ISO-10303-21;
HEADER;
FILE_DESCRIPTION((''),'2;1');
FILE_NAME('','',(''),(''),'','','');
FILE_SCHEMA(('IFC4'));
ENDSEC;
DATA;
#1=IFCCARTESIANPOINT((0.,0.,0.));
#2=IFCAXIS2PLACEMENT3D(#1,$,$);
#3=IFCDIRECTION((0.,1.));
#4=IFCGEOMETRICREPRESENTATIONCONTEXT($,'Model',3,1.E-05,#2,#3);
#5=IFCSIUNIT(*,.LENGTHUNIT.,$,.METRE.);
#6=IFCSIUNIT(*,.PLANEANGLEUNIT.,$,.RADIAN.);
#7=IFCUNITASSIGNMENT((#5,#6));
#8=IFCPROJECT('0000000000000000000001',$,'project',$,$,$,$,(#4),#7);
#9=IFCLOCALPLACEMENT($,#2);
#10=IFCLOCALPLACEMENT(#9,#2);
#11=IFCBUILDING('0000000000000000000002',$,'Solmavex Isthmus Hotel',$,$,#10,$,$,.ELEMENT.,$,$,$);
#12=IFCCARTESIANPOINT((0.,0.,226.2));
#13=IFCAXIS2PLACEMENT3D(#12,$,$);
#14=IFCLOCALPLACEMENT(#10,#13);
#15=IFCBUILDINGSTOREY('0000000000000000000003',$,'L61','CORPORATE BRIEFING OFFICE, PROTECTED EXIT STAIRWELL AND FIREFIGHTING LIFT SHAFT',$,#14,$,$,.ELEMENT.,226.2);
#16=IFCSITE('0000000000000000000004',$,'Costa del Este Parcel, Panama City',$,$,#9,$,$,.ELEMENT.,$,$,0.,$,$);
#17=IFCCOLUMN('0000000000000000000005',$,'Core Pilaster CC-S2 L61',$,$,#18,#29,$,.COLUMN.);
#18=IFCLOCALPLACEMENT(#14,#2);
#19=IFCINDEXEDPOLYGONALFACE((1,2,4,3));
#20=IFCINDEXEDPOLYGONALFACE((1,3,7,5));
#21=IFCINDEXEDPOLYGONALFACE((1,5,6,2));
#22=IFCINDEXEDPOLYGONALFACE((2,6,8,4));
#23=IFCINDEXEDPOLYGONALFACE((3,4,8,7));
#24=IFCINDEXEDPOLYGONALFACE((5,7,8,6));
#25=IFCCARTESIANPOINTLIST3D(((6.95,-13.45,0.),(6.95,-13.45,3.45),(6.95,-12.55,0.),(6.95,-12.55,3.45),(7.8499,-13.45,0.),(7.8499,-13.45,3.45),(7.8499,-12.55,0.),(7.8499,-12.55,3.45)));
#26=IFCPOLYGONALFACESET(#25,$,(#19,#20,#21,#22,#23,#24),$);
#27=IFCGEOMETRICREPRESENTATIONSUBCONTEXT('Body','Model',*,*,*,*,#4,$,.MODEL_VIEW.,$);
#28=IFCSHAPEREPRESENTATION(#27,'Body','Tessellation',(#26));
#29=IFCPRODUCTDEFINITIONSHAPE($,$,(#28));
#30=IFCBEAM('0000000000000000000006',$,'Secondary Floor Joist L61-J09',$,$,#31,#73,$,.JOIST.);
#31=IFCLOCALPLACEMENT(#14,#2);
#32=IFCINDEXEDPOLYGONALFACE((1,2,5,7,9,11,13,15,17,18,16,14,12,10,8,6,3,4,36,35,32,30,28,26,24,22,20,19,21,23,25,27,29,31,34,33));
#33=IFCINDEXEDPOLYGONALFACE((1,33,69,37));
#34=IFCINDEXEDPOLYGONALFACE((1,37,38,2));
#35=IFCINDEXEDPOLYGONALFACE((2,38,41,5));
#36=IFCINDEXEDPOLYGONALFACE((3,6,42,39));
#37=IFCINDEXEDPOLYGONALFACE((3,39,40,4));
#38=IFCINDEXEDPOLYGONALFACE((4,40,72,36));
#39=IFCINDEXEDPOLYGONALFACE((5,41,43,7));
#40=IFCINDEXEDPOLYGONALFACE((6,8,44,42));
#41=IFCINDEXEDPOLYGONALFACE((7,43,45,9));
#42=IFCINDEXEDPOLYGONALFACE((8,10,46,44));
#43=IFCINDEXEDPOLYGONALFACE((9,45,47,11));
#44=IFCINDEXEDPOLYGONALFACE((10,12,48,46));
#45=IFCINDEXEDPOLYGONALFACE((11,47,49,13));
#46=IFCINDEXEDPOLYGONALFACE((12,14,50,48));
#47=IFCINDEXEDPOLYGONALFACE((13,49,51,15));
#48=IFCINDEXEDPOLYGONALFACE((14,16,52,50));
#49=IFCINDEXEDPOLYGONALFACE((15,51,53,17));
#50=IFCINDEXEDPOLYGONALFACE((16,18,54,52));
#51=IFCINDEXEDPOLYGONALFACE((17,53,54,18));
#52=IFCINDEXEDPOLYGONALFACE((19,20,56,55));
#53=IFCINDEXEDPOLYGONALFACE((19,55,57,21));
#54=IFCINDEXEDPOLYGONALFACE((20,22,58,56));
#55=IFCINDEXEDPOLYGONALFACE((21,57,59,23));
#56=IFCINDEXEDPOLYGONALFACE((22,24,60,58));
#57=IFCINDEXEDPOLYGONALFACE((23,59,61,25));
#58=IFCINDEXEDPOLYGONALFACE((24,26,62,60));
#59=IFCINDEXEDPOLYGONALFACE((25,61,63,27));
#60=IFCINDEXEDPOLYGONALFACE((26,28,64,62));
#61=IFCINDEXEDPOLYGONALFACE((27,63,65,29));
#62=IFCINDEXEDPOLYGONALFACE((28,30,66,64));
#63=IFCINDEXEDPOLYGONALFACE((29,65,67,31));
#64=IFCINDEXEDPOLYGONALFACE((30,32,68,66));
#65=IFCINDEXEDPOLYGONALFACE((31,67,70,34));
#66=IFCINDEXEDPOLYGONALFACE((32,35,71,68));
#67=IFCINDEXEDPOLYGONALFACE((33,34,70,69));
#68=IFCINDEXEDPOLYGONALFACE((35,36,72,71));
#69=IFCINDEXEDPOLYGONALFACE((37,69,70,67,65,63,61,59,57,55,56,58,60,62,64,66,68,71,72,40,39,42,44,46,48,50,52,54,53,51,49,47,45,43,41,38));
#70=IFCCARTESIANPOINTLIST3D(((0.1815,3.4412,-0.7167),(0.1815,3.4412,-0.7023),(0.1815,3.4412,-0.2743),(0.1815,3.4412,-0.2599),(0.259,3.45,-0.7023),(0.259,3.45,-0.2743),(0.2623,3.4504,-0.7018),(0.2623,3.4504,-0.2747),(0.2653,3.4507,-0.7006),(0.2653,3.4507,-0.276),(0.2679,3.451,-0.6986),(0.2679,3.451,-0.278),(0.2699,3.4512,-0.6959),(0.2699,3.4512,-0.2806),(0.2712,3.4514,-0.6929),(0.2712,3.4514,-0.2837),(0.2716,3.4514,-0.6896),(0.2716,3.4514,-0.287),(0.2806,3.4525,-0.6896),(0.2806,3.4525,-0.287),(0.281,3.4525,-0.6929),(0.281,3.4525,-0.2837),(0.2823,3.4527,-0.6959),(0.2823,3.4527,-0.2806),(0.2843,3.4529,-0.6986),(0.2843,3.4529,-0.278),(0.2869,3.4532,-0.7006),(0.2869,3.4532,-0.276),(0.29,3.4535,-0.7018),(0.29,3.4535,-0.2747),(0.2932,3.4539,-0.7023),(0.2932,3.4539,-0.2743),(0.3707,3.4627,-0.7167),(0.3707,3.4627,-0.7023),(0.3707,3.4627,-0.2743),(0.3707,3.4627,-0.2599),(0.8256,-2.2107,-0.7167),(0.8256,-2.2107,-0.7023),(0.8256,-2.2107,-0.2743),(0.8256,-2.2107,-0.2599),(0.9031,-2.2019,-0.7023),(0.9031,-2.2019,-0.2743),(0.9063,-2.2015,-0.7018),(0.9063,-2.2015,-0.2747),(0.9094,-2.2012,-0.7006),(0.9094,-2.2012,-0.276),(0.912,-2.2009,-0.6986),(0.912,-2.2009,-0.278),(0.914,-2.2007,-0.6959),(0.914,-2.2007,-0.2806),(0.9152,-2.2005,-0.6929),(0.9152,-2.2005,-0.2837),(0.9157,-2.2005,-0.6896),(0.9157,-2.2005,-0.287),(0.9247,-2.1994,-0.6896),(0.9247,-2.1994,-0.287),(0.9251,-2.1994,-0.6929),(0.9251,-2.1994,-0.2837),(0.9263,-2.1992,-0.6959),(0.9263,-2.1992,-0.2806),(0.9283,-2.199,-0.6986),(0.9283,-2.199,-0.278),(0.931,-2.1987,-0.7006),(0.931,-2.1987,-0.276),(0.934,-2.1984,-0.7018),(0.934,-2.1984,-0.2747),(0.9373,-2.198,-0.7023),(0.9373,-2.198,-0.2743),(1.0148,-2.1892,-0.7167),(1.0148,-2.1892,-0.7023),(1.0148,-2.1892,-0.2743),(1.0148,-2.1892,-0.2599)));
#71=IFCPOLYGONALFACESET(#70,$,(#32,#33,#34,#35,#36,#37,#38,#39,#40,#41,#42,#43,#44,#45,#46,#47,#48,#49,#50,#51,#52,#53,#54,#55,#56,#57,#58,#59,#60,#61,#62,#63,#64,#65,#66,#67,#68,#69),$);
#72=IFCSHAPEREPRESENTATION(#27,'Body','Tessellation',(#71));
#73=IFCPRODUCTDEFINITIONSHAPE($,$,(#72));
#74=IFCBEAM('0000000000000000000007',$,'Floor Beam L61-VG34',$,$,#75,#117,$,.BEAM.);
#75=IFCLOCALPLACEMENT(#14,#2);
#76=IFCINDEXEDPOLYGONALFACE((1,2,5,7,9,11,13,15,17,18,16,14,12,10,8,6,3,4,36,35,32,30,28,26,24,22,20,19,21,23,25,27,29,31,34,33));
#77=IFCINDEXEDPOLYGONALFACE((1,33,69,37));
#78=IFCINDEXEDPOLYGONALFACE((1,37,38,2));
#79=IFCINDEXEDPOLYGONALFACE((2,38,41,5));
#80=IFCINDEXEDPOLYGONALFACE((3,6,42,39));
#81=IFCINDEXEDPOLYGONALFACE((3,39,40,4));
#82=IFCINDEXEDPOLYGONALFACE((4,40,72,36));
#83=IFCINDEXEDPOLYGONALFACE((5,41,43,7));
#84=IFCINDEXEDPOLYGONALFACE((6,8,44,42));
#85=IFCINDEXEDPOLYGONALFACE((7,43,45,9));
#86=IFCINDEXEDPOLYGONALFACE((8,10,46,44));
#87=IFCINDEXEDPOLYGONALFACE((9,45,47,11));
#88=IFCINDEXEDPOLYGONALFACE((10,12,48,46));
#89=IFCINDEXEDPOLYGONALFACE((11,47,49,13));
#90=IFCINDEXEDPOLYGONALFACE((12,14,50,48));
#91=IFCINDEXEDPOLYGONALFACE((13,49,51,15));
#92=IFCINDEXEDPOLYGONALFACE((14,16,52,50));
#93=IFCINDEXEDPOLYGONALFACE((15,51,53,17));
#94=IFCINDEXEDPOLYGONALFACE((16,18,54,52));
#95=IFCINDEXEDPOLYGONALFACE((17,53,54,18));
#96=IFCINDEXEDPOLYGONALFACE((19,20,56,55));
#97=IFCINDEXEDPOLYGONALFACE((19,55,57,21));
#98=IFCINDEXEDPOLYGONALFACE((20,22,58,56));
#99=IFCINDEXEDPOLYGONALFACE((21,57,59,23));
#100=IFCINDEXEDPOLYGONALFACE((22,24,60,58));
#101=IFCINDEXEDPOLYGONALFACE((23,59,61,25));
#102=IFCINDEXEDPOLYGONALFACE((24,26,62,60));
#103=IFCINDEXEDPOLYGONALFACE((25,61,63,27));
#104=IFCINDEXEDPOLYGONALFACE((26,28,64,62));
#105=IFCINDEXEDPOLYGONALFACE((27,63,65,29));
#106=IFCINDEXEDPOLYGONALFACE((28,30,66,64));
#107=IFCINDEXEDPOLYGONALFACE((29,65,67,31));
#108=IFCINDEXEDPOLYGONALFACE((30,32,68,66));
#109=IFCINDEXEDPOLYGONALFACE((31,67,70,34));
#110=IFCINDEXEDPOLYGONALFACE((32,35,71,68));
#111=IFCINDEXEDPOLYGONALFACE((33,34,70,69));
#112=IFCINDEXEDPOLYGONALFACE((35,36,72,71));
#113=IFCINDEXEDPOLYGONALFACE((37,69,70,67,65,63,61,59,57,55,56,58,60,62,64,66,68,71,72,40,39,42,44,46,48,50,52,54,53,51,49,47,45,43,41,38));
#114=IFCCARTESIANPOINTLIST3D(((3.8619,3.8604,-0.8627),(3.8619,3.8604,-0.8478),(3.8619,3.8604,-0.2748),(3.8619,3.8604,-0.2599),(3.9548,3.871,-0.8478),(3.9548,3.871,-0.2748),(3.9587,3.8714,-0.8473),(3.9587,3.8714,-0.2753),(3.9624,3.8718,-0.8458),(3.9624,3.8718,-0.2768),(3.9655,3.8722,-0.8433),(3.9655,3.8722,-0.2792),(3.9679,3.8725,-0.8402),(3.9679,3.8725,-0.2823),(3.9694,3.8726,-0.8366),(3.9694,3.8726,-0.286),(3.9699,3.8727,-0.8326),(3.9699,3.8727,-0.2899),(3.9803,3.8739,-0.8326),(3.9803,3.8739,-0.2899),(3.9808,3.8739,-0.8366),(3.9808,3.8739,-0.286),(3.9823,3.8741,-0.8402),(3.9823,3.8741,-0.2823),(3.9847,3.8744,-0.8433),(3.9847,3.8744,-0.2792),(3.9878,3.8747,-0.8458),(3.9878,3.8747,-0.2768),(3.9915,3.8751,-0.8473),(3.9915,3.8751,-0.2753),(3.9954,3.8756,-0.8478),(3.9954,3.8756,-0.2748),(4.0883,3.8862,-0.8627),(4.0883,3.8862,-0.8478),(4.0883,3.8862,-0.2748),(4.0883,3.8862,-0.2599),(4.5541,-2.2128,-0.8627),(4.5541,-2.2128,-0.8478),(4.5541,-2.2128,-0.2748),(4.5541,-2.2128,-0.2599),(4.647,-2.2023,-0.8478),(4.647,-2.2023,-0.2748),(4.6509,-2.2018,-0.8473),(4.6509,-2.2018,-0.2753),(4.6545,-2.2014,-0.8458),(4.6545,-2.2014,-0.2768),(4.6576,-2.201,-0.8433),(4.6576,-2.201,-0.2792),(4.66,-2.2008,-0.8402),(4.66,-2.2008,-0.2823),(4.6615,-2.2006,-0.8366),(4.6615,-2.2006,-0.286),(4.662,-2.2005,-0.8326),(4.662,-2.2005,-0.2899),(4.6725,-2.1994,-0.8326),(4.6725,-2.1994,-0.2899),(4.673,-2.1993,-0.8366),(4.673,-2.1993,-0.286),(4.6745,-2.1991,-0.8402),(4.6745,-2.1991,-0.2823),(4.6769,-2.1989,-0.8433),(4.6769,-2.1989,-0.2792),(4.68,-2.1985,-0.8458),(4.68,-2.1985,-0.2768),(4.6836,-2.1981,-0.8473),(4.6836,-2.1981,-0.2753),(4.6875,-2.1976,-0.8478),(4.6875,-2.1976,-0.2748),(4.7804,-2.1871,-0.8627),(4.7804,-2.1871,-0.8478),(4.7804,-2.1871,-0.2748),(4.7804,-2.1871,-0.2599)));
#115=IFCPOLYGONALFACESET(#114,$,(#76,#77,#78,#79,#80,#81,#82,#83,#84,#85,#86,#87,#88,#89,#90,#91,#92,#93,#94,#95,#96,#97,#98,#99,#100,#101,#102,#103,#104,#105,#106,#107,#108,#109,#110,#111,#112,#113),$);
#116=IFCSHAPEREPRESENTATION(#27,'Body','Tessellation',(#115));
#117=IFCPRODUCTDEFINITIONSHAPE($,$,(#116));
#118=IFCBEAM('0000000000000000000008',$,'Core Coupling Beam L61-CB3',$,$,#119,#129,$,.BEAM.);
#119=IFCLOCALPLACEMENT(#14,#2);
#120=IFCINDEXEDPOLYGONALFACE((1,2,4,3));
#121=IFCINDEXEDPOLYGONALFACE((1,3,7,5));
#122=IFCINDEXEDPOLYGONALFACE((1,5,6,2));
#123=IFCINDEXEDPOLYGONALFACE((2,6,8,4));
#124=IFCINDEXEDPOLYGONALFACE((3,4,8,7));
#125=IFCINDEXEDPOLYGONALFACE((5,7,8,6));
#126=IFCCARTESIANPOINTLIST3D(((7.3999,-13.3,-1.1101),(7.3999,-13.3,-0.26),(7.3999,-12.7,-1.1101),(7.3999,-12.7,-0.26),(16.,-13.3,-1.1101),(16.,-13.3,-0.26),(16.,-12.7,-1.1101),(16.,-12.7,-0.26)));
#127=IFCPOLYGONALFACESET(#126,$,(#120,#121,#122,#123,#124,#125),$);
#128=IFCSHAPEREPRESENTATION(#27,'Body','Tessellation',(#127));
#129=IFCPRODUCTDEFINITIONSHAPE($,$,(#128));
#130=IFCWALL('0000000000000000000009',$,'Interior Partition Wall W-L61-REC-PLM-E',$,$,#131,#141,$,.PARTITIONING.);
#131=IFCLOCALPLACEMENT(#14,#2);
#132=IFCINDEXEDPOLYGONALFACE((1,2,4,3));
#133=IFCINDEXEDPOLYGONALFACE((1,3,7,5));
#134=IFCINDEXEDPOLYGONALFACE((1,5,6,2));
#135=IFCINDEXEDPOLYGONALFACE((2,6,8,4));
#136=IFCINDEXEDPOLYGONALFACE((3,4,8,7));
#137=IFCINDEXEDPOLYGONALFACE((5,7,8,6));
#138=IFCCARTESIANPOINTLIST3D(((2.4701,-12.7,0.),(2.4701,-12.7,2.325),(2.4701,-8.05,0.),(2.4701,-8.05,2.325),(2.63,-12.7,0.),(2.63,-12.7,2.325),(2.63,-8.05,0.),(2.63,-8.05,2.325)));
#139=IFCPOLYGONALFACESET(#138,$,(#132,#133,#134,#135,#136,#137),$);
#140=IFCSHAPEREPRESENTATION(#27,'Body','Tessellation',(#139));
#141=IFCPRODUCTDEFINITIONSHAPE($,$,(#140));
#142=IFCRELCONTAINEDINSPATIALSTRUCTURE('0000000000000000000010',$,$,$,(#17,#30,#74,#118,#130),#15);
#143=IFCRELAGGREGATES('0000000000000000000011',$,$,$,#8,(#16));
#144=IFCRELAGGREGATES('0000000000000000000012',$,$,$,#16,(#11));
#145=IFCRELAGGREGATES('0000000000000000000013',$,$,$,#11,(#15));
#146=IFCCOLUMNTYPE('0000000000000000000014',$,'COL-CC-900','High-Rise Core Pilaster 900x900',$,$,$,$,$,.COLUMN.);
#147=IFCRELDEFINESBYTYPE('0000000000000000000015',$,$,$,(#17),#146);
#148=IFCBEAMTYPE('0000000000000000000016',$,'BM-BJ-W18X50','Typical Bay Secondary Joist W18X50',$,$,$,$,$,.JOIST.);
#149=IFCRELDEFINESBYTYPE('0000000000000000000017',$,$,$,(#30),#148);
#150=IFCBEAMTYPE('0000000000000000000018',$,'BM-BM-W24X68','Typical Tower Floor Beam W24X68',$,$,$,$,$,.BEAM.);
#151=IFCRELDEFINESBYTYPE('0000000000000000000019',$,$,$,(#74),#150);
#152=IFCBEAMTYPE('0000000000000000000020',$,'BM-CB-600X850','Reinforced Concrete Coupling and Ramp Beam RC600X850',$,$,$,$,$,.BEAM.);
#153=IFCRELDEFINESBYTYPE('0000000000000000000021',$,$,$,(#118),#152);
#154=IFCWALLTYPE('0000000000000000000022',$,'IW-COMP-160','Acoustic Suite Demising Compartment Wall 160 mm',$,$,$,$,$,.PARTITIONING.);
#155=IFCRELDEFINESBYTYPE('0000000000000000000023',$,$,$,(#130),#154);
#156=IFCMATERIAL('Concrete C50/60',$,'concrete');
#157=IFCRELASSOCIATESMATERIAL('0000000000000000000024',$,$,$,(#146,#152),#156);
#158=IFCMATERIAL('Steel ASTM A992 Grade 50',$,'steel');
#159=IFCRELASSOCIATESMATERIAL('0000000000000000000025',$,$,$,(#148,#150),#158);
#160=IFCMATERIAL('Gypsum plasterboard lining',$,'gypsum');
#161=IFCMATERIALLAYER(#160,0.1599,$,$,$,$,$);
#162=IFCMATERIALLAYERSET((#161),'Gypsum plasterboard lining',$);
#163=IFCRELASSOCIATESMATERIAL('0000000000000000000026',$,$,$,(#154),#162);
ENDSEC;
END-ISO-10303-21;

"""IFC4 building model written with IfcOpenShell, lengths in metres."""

from ifc_helpers import new_model, si_unit, direction, frame, frame_2d, origin, origin_2d, place, context, subcontext, project, spatial, rectangle, i_section, extrude, material, layer, layer_set, material_profile, profile_set, type_object, element, save


model = new_model("IFC4")

# Units and contexts
model_context = context("Model", 3, precision=1e-05, world=origin(), true_north=direction((0.0, 1.0)))
body_context = subcontext(model_context, "Body", "Model", "MODEL_VIEW")
ifc_project = project(units=[si_unit("LENGTHUNIT", "METRE"), si_unit("PLANEANGLEUNIT", "RADIAN")], contexts=[model_context])

# Site, building, storey
site_placement = place(None, origin())
site = spatial("IfcSite", under=ifc_project, at=site_placement, Name="Costa del Este Parcel, Panama City", CompositionType="ELEMENT", RefElevation=0.0)
building_placement = place(site_placement, origin())
building = spatial("IfcBuilding", under=site, at=building_placement, Name="Solmavex Isthmus Hotel", CompositionType="ELEMENT")
storey_placement = place(building_placement, frame((0.0, 0.0, 226.2)))
storey = spatial("IfcBuildingStorey", under=building, at=storey_placement, Name="L61", Description="CORPORATE BRIEFING OFFICE, PROTECTED EXIT STAIRWELL AND FIREFIGHTING LIFT SHAFT", CompositionType="ELEMENT", Elevation=226.2)

# Column
ifc_material_1 = material(Name="Concrete C50/60", Category="concrete")
ifc_material_profile_1 = material_profile(ifc_material_1, rectangle(XDim=0.8999, YDim=0.8999, at=origin_2d()), Name="RC900X900")
ifc_profile_set_1 = profile_set([ifc_material_profile_1], Name="Concrete C50/60")
column_type = type_object("IfcColumnType", Name="COL-CC-900", Description="High-Rise Core Pilaster 900x900", PredefinedType="COLUMN", material=ifc_profile_set_1)
column_placement = place(storey_placement, frame((7.3999, -13.0, 0.0), z_axis=(0.0, 0.0, 1.0), x_axis=(1.0, 0.0, 0.0)))
element("IfcColumn", 1, at=column_placement, inside=storey, type_object=column_type, Name="Core Pilaster CC-S2 L61", PredefinedType="COLUMN", context=body_context, shape_type="SweptSolid", body=[
    extrude(rectangle(XDim=0.8999, YDim=0.8999, at=origin_2d()), origin(), (0.0, 0.0, 1.0), 3.45),
])

# Beams
ifc_material_2 = material(Name="Steel ASTM A992 Grade 50", Category="steel")
ifc_material_profile_2 = material_profile(ifc_material_2, i_section(OverallWidth=0.1904, OverallDepth=0.4568, WebThickness=0.009, FlangeThickness=0.0144, FilletRadius=0.0127, at=origin_2d()), Name="W18X50")
ifc_profile_set_2 = profile_set([ifc_material_profile_2], Name="Steel ASTM A992 Grade 50")
beam_type_1 = type_object("IfcBeamType", Name="BM-BJ-W18X50", Description="Typical Bay Secondary Joist W18X50", PredefinedType="JOIST", material=ifc_profile_set_2)
beam_1_placement = place(storey_placement, frame((0.9202, -2.2, -0.4883), z_axis=(-0.11322, 0.99357, 0.0), x_axis=(-0.99357, -0.11322, 0.0)))
element("IfcBeam", 2, at=beam_1_placement, inside=storey, type_object=beam_type_1, Name="Secondary Floor Joist L61-J09", PredefinedType="JOIST", context=body_context, shape_type="SweptSolid", body=[
    extrude(i_section(OverallWidth=0.1904, OverallDepth=0.4568, WebThickness=0.009, FlangeThickness=0.0144, FilletRadius=0.0127, at=origin_2d()), origin(), (0.0, 0.0, 1.0), 5.6885),
])
ifc_material_profile_3 = material_profile(ifc_material_2, i_section(OverallWidth=0.2278, OverallDepth=0.6028, WebThickness=0.0105, FlangeThickness=0.0149, FilletRadius=0.0151, at=origin_2d()), Name="W24X68")
ifc_profile_set_3 = profile_set([ifc_material_profile_3], Name="Steel ASTM A992 Grade 50")
beam_type_2 = type_object("IfcBeamType", Name="BM-BM-W24X68", Description="Typical Tower Floor Beam W24X68", PredefinedType="BEAM", material=ifc_profile_set_3)
beam_2_placement = place(storey_placement, frame((4.6672, -2.2, -0.5613), z_axis=(-0.113232, 0.993569, 0.0), x_axis=(-0.993569, -0.113232, 0.0)))
element("IfcBeam", 3, at=beam_2_placement, inside=storey, type_object=beam_type_2, Name="Floor Beam L61-VG34", PredefinedType="BEAM", context=body_context, shape_type="SweptSolid", body=[
    extrude(i_section(OverallWidth=0.2278, OverallDepth=0.6028, WebThickness=0.0105, FlangeThickness=0.0149, FilletRadius=0.0151, at=origin_2d()), origin(), (0.0, 0.0, 1.0), 6.1125),
])
ifc_material_profile_4 = material_profile(ifc_material_1, rectangle(XDim=0.6001, YDim=0.8501, at=origin_2d()), Name="RC600X850")
ifc_profile_set_4 = profile_set([ifc_material_profile_4], Name="Concrete C50/60")
beam_type_3 = type_object("IfcBeamType", Name="BM-CB-600X850", Description="Reinforced Concrete Coupling and Ramp Beam RC600X850", PredefinedType="BEAM", material=ifc_profile_set_4)
beam_3_placement = place(storey_placement, frame((7.3999, -13.0, -0.6851), z_axis=(1.0, 0.0, 0.0), x_axis=(0.0, 1.0, 0.0)))
element("IfcBeam", 4, at=beam_3_placement, inside=storey, type_object=beam_type_3, Name="Core Coupling Beam L61-CB3", PredefinedType="BEAM", context=body_context, shape_type="SweptSolid", body=[
    extrude(rectangle(XDim=0.6001, YDim=0.8501, at=origin_2d()), origin(), (0.0, 0.0, 1.0), 8.6001),
])

# Wall
ifc_material_3 = material(Name="Gypsum plasterboard lining", Category="gypsum")
ifc_layer_1 = layer(ifc_material_3, 0.1599)
ifc_layer_set_1 = layer_set([ifc_layer_1], Name="Gypsum plasterboard lining")
wall_type_1 = type_object("IfcWallType", Name="IW-COMP-160", Description="Acoustic Suite Demising Compartment Wall 160 mm", PredefinedType="PARTITIONING", material=ifc_layer_set_1)
wall_1_placement = place(storey_placement, frame((2.55, -12.7, 0.0), z_axis=(0.0, 0.0, 1.0), x_axis=(0.0, 1.0, 0.0)))
element("IfcWall", 5, at=wall_1_placement, inside=storey, type_object=wall_type_1, Name="Interior Partition Wall W-L61-REC-PLM-E", PredefinedType="PARTITIONING", context=body_context, shape_type="SweptSolid", body=[
    extrude(rectangle(XDim=4.6499, YDim=0.1599, at=frame_2d((2.325, 0.0))), origin(), (0.0, 0.0, 1.0), 2.325),
])

save(model, "model.ifc")
